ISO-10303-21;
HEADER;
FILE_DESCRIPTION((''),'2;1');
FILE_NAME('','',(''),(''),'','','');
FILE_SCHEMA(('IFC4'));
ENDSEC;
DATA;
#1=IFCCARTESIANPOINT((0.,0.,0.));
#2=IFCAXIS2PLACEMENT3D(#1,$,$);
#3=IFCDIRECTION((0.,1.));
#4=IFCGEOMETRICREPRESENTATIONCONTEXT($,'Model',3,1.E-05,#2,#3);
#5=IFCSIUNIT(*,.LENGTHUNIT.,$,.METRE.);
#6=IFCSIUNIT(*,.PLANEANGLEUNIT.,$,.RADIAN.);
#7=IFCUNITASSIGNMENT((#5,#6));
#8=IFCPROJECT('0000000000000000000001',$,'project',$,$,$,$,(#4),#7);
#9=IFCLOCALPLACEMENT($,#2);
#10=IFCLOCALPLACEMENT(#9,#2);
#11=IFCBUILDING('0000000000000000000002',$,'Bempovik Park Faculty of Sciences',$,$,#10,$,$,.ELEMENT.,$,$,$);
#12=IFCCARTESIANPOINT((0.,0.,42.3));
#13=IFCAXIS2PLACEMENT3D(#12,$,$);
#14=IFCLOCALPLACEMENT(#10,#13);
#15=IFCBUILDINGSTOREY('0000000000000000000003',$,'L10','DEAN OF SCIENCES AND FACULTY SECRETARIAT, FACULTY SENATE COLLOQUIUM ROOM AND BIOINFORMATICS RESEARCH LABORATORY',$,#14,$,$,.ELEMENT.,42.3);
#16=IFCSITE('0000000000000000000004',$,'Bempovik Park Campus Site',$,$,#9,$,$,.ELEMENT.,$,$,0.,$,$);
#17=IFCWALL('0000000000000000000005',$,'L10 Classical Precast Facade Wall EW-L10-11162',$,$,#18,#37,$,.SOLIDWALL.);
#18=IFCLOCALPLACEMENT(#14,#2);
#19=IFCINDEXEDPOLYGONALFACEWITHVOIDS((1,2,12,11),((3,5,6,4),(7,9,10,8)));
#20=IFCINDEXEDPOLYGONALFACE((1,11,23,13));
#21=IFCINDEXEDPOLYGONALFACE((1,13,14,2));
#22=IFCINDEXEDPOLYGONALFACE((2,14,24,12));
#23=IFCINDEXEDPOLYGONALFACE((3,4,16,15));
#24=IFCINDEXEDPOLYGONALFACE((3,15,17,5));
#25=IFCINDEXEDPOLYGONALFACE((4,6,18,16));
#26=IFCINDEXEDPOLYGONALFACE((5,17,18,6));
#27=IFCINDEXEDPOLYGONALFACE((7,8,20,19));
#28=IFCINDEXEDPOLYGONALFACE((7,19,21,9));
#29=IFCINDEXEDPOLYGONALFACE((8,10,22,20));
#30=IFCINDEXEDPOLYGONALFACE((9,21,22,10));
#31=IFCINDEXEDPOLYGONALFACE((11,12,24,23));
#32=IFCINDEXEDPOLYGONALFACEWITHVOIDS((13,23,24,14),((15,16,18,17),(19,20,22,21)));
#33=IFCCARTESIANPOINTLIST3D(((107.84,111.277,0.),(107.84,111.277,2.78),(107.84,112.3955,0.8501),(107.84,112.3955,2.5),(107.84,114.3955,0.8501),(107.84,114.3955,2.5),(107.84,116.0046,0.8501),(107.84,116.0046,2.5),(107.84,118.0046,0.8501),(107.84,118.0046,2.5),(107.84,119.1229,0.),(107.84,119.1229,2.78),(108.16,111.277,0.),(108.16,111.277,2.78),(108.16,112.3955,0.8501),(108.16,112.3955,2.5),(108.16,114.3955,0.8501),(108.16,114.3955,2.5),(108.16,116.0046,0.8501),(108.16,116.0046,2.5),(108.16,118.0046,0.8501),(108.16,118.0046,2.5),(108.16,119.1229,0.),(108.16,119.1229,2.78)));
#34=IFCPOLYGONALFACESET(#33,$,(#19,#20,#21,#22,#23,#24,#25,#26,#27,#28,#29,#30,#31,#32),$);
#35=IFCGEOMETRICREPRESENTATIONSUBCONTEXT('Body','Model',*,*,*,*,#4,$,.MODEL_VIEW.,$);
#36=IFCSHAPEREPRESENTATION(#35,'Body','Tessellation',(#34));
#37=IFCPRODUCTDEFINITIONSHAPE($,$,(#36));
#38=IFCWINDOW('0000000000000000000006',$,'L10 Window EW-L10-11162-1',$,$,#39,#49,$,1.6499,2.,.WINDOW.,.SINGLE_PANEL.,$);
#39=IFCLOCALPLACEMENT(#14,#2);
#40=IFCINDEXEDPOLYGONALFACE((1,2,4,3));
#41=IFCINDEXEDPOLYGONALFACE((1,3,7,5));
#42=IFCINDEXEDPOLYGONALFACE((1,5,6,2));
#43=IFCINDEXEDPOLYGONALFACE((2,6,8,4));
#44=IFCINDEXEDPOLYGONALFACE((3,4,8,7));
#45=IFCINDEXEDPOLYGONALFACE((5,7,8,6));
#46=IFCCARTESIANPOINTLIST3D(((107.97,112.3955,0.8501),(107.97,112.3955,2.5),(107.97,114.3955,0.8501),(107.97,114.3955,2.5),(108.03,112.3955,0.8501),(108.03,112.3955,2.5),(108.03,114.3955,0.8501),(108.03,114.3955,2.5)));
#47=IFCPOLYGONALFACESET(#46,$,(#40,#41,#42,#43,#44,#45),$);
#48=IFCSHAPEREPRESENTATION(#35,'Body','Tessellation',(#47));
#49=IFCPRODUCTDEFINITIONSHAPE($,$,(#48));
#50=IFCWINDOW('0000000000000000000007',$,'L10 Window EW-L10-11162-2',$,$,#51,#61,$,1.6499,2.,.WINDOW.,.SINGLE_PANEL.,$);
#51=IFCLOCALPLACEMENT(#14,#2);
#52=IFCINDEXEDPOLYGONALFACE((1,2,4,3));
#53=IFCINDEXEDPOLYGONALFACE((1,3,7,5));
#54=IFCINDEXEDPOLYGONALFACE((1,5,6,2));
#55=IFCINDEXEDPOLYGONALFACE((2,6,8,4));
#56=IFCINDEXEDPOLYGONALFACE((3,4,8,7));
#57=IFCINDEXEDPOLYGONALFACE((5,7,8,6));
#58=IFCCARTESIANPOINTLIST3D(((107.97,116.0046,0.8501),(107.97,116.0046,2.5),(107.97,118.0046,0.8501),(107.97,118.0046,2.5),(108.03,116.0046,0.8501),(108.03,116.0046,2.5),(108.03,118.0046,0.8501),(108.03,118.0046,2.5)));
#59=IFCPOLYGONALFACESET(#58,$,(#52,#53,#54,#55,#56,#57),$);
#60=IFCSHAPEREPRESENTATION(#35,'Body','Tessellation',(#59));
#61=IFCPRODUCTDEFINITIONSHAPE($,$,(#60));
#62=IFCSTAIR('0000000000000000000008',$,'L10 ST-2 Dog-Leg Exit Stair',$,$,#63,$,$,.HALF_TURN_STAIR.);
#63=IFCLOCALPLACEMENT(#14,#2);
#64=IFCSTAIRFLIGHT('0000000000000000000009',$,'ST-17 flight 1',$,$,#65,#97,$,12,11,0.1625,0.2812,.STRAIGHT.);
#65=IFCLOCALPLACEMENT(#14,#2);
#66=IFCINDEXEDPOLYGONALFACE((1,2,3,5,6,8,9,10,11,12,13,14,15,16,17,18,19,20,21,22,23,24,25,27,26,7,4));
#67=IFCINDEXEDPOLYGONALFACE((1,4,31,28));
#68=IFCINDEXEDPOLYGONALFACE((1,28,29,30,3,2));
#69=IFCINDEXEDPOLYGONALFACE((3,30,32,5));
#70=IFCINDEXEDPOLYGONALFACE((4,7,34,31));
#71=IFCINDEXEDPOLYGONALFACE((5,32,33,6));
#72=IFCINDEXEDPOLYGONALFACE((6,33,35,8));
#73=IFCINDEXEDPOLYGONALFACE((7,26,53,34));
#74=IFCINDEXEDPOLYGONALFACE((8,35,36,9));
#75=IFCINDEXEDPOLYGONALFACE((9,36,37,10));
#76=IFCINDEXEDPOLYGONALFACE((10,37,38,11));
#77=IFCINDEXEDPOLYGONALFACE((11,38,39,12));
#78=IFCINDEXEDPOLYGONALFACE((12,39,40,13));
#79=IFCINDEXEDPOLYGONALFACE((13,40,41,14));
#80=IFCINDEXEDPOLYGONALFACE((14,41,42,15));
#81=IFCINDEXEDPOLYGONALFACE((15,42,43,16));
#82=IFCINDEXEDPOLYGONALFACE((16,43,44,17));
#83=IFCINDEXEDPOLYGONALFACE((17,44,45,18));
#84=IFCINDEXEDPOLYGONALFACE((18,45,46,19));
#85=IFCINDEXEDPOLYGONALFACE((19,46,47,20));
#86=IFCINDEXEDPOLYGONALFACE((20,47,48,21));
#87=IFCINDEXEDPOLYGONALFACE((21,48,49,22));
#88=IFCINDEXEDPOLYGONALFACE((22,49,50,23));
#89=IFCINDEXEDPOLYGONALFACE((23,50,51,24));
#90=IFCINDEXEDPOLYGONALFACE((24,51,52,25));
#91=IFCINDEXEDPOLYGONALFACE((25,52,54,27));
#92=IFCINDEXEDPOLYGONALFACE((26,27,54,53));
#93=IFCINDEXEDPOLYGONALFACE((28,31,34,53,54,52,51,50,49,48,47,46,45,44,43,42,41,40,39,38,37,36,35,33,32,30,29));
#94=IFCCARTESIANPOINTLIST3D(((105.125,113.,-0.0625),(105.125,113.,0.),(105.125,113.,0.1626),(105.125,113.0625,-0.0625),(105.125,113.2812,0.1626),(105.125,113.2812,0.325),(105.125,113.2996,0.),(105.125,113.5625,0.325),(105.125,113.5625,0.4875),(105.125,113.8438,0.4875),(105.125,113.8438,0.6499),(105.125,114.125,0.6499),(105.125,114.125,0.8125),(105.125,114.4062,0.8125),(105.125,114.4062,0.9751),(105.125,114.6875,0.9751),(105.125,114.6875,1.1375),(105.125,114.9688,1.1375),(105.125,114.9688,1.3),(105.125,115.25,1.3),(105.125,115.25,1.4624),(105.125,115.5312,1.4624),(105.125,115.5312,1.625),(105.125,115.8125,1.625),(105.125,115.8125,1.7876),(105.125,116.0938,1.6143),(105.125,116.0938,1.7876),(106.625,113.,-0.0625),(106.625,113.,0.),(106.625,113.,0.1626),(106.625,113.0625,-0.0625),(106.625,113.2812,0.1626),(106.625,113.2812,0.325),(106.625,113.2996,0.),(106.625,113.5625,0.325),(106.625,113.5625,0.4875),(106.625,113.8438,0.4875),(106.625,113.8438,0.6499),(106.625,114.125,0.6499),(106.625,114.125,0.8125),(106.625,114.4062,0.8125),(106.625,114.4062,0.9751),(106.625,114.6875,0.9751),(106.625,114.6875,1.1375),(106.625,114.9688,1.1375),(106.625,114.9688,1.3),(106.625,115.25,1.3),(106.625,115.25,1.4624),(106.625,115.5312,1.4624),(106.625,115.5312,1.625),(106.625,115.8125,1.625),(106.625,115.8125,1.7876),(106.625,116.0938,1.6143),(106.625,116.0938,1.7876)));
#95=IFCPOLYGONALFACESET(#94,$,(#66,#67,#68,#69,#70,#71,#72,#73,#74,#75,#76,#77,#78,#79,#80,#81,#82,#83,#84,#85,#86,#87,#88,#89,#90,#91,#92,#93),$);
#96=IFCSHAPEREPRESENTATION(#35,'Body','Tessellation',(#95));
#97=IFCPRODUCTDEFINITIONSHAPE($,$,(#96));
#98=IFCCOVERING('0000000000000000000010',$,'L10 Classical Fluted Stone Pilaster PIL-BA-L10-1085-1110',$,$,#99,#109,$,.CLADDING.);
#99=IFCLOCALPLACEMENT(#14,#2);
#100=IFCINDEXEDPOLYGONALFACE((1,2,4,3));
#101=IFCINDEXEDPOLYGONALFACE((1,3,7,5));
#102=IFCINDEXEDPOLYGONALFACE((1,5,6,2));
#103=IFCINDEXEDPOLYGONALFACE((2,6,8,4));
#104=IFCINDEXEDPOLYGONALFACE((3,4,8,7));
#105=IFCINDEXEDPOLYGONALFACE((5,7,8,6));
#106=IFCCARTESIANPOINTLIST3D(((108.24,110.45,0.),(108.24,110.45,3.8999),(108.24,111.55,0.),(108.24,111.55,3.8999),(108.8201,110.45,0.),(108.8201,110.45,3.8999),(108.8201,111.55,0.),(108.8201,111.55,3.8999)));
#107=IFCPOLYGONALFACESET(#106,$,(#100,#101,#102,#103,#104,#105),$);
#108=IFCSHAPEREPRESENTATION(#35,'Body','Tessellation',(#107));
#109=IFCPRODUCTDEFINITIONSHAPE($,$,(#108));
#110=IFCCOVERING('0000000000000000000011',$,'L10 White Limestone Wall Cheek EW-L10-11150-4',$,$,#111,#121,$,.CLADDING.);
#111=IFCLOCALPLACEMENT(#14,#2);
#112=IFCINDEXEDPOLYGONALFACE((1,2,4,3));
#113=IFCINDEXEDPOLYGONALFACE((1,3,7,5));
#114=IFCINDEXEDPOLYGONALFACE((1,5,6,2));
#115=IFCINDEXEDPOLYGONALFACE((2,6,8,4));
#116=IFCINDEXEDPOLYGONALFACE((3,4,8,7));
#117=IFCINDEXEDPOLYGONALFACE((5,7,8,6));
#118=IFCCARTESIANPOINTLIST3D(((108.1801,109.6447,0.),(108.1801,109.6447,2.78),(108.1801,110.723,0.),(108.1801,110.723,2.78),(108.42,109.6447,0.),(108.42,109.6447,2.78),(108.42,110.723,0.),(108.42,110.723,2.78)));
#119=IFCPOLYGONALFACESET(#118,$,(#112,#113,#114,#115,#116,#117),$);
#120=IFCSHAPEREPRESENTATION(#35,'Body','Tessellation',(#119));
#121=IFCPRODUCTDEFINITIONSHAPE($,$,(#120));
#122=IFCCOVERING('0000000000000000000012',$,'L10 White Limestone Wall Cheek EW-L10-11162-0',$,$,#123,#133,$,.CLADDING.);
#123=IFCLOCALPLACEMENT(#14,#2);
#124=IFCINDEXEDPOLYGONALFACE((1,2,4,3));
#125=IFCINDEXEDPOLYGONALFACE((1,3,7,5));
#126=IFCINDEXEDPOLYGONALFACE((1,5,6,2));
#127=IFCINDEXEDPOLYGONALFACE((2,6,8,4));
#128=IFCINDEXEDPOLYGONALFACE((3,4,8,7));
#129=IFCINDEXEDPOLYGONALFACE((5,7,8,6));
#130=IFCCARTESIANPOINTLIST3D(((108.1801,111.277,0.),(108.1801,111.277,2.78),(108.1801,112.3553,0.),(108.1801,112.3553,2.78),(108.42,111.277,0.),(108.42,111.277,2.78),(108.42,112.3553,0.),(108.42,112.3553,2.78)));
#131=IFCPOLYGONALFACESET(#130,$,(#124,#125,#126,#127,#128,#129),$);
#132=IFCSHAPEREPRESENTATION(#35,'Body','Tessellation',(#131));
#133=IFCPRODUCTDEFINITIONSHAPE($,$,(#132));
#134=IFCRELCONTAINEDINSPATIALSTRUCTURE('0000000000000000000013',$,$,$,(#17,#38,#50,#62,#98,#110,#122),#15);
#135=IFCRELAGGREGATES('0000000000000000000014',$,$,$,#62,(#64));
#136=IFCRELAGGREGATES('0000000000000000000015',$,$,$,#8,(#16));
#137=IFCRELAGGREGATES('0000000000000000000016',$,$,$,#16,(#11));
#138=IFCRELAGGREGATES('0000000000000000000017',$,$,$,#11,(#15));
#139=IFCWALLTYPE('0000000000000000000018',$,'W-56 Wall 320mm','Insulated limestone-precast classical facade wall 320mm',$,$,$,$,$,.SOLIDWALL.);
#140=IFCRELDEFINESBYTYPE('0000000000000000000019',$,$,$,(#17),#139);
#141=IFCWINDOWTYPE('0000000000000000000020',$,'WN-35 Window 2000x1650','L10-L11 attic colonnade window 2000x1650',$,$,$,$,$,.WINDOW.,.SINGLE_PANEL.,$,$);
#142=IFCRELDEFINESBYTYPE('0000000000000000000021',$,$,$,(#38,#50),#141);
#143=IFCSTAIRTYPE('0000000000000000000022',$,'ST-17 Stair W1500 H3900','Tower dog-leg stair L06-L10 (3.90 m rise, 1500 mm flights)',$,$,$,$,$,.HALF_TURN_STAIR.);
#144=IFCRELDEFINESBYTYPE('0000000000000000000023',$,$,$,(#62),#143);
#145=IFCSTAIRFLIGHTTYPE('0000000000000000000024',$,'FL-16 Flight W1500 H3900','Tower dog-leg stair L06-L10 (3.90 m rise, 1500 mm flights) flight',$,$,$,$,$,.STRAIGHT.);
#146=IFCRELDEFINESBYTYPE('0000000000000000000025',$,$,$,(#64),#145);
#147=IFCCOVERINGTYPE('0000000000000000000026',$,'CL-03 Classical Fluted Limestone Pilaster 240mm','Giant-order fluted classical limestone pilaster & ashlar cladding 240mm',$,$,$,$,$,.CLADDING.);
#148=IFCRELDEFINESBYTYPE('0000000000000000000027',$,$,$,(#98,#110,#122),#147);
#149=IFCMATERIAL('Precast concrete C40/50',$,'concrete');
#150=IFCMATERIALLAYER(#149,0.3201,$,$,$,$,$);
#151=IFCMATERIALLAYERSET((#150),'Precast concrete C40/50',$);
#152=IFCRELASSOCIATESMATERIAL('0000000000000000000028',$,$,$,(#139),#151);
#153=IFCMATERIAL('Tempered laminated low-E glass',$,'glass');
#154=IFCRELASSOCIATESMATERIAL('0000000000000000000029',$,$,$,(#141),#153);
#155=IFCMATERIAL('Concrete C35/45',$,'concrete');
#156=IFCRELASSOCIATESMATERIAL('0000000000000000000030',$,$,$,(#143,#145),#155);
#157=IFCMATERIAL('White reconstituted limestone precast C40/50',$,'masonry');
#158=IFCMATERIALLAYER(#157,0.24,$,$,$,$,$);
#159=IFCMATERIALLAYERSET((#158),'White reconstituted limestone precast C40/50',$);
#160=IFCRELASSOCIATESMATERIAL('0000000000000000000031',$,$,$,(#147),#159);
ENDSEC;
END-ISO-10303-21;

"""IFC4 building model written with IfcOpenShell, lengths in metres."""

from ifc_helpers import new_model, si_unit, direction, frame, frame_2d, origin, origin_2d, place, context, subcontext, project, spatial, polyline, rectangle, outline, extrude, material, layer, layer_set, type_object, element, fill, aggregate, save


model = new_model("IFC4")

# Units and contexts
model_context = context("Model", 3, precision=1e-05, world=origin(), true_north=direction((0.0, 1.0)))
body_context = subcontext(model_context, "Body", "Model", "MODEL_VIEW")
ifc_project = project(units=[si_unit("LENGTHUNIT", "METRE"), si_unit("PLANEANGLEUNIT", "RADIAN")], contexts=[model_context])

# Site, building, storey
site_placement = place(None, origin())
site = spatial("IfcSite", under=ifc_project, at=site_placement, Name="Bempovik Park Campus Site", CompositionType="ELEMENT", RefElevation=0.0)
building_placement = place(site_placement, origin())
building = spatial("IfcBuilding", under=site, at=building_placement, Name="Bempovik Park Faculty of Sciences", CompositionType="ELEMENT")
storey_placement = place(building_placement, frame((0.0, 0.0, 42.3)))
storey = spatial("IfcBuildingStorey", under=building, at=storey_placement, Name="L10", Description="DEAN OF SCIENCES AND FACULTY SECRETARIAT, FACULTY SENATE COLLOQUIUM ROOM AND BIOINFORMATICS RESEARCH LABORATORY", CompositionType="ELEMENT", Elevation=42.3)

# Shared definitions
ifc_material_1 = material(Name="Concrete C35/45", Category="concrete")

# Wall, openings, windows
ifc_material_2 = material(Name="Precast concrete C40/50", Category="concrete")
ifc_layer_1 = layer(ifc_material_2, 0.3201)
ifc_layer_set_1 = layer_set([ifc_layer_1], Name="Precast concrete C40/50")
wall_type_1 = type_object("IfcWallType", Name="W-56 Wall 320mm", Description="Insulated limestone-precast classical facade wall 320mm", PredefinedType="SOLIDWALL", material=ifc_layer_set_1)
wall_1_placement = place(storey_placement, frame((108.0, 111.2771, 0.0), z_axis=(0.0, 0.0, 1.0), x_axis=(0.0, 1.0, 0.0)))
wall_1 = element("IfcWall", 1, at=wall_1_placement, inside=storey, type_object=wall_type_1, Name="L10 Classical Precast Facade Wall EW-L10-11162", PredefinedType="SOLIDWALL", context=body_context, shape_type="SweptSolid", body=[
    extrude(rectangle(XDim=7.8459, YDim=0.3201, at=frame_2d((3.9229, 0.0))), origin(), (0.0, 0.0, 1.0), 2.78),
])
opening_1_placement = place(wall_1_placement, frame((1.1184, 0.0, 0.8501)))
opening_1 = element("IfcOpeningElement", 2, at=opening_1_placement, cuts=wall_1, PredefinedType="OPENING", context=body_context, shape_type="SweptSolid", body=[
    extrude(rectangle(XDim=2.0, YDim=1.6499, at=frame_2d((1.0, 0.825))), frame((0.0, 0.1699, 0.0), z_axis=(0.0, -1.0, 0.0), x_axis=(1.0, 0.0, 0.0)), (0.0, 0.0, 1.0), 0.3401),
])
opening_2_placement = place(wall_1_placement, frame((4.7275, 0.0, 0.8501)))
opening_2 = element("IfcOpeningElement", 3, at=opening_2_placement, cuts=wall_1, PredefinedType="OPENING", context=body_context, shape_type="SweptSolid", body=[
    extrude(rectangle(XDim=2.0, YDim=1.6499, at=frame_2d((1.0, 0.825))), frame((0.0, 0.1699, 0.0), z_axis=(0.0, -1.0, 0.0), x_axis=(1.0, 0.0, 0.0)), (0.0, 0.0, 1.0), 0.3401),
])
ifc_material_3 = material(Name="Tempered laminated low-E glass", Category="glass")
window_type = type_object("IfcWindowType", Name="WN-35 Window 2000x1650", Description="L10-L11 attic colonnade window 2000x1650", PartitioningType="SINGLE_PANEL", PredefinedType="WINDOW", material=ifc_material_3)
window_1_placement = place(opening_1_placement, origin())
window_1 = element("IfcWindow", 4, at=window_1_placement, inside=storey, type_object=window_type, Name="L10 Window EW-L10-11162-1", OverallHeight=1.6499, OverallWidth=2.0, PartitioningType="SINGLE_PANEL", PredefinedType="WINDOW", context=body_context, shape_type="SweptSolid", body=[
    extrude(rectangle(XDim=2.0, YDim=1.6499, at=frame_2d((1.0, 0.825))), frame((0.0, 0.03, 0.0), z_axis=(0.0, -1.0, 0.0), x_axis=(1.0, 0.0, 0.0)), (0.0, 0.0, 1.0), 0.0601),
])
fill(opening_1, window_1)
window_2_placement = place(opening_2_placement, origin())
window_2 = element("IfcWindow", 5, at=window_2_placement, inside=storey, type_object=window_type, Name="L10 Window EW-L10-11162-2", OverallHeight=1.6499, OverallWidth=2.0, PartitioningType="SINGLE_PANEL", PredefinedType="WINDOW", context=body_context, shape_type="SweptSolid", body=[
    extrude(rectangle(XDim=2.0, YDim=1.6499, at=frame_2d((1.0, 0.825))), frame((0.0, 0.03, 0.0), z_axis=(0.0, -1.0, 0.0), x_axis=(1.0, 0.0, 0.0)), (0.0, 0.0, 1.0), 0.0601),
])
fill(opening_2, window_2)

# Stair, stair flight
stair_type = type_object("IfcStairType", Name="ST-17 Stair W1500 H3900", Description="Tower dog-leg stair L06-L10 (3.90 m rise, 1500 mm flights)", PredefinedType="HALF_TURN_STAIR", material=ifc_material_1)
stair_placement = place(storey_placement, origin())
stair = element("IfcStair", 6, at=stair_placement, inside=storey, type_object=stair_type, Name="L10 ST-2 Dog-Leg Exit Stair", PredefinedType="HALF_TURN_STAIR")
stair_flight_type = type_object("IfcStairFlightType", Name="FL-16 Flight W1500 H3900", Description="Tower dog-leg stair L06-L10 (3.90 m rise, 1500 mm flights) flight", PredefinedType="STRAIGHT", material=ifc_material_1)
stair_flight_placement = place(storey_placement, frame((105.875, 113.0, 0.0), z_axis=(0.0, 0.0, 1.0), x_axis=(0.0, 1.0, 0.0)))
stair_flight = element("IfcStairFlight", 7, at=stair_flight_placement, type_object=stair_flight_type, Name="ST-17 flight 1", NumberOfRisers=12, NumberOfTreads=11, PredefinedType="STRAIGHT", RiserHeight=0.1625, TreadLength=0.2812, context=body_context, shape_type="SweptSolid", body=[
    extrude(outline(polyline([(0.0, 0.0), (0.0, 0.1626), (0.2812, 0.1626), (0.2812, 0.325), (0.5625, 0.325), (0.5625, 0.4875), (0.8438, 0.4875), (0.8438, 0.6499), (1.125, 0.6499), (1.125, 0.8125), (1.4062, 0.8125), (1.4062, 0.9751), (1.6875, 0.9751), (1.6875, 1.1375), (1.9688, 1.1375), (1.9688, 1.3), (2.25, 1.3), (2.25, 1.4624), (2.5312, 1.4624), (2.5312, 1.625), (2.8125, 1.625), (2.8125, 1.7876), (3.0938, 1.7876), (3.0938, 1.95), (3.0938, 1.6143), (0.2996, 0.0), (0.0625, -0.0625), (0.0, -0.0625), (0.0, 0.0)])), frame((0.0, 0.75, 0.0), z_axis=(0.0, -1.0, 0.0), x_axis=(1.0, 0.0, 0.0)), (0.0, 0.0, 1.0), 1.5),
])
aggregate(stair, [stair_flight])

# Coverings
ifc_material_4 = material(Name="White reconstituted limestone precast C40/50", Category="masonry")
ifc_layer_2 = layer(ifc_material_4, 0.24)
ifc_layer_set_2 = layer_set([ifc_layer_2], Name="White reconstituted limestone precast C40/50")
covering_type = type_object("IfcCoveringType", Name="CL-03 Classical Fluted Limestone Pilaster 240mm", Description="Giant-order fluted classical limestone pilaster & ashlar cladding 240mm", PredefinedType="CLADDING", material=ifc_layer_set_2)
covering_placement = place(storey_placement, frame((108.53, 111.0, 0.0), z_axis=(0.0, 0.0, 1.0), x_axis=(1.0, 0.0, 0.0)))
element("IfcCovering", 8, at=covering_placement, inside=storey, type_object=covering_type, Name="L10 Classical Fluted Stone Pilaster PIL-BA-L10-1085-1110", PredefinedType="CLADDING", context=body_context, shape_type="SweptSolid", body=[
    extrude(rectangle(XDim=0.5801, YDim=1.1001, at=origin_2d()), origin(), (0.0, 0.0, 1.0), 3.8999),
])
for number, where, z_axis, x_axis, name in (
    (9, (108.3, 110.1838, 0.0), (0.0, 0.0, 1.0), (1.0, 0.0, 0.0), "L10 White Limestone Wall Cheek EW-L10-11150-4"),
    (10, (108.3, 111.8162, 0.0), (0.0, 0.0, 1.0), (1.0, 0.0, 0.0), "L10 White Limestone Wall Cheek EW-L10-11162-0"),
):
    element("IfcCovering", number, at=place(storey_placement, frame(where, z_axis=z_axis, x_axis=x_axis)), inside=storey, type_object=covering_type, Name=name, PredefinedType="CLADDING", context=body_context, shape_type="SweptSolid", body=[
        extrude(rectangle(XDim=0.24, YDim=1.0784, at=origin_2d()), origin(), (0.0, 0.0, 1.0), 2.78),
    ])

save(model, "model.ifc")
